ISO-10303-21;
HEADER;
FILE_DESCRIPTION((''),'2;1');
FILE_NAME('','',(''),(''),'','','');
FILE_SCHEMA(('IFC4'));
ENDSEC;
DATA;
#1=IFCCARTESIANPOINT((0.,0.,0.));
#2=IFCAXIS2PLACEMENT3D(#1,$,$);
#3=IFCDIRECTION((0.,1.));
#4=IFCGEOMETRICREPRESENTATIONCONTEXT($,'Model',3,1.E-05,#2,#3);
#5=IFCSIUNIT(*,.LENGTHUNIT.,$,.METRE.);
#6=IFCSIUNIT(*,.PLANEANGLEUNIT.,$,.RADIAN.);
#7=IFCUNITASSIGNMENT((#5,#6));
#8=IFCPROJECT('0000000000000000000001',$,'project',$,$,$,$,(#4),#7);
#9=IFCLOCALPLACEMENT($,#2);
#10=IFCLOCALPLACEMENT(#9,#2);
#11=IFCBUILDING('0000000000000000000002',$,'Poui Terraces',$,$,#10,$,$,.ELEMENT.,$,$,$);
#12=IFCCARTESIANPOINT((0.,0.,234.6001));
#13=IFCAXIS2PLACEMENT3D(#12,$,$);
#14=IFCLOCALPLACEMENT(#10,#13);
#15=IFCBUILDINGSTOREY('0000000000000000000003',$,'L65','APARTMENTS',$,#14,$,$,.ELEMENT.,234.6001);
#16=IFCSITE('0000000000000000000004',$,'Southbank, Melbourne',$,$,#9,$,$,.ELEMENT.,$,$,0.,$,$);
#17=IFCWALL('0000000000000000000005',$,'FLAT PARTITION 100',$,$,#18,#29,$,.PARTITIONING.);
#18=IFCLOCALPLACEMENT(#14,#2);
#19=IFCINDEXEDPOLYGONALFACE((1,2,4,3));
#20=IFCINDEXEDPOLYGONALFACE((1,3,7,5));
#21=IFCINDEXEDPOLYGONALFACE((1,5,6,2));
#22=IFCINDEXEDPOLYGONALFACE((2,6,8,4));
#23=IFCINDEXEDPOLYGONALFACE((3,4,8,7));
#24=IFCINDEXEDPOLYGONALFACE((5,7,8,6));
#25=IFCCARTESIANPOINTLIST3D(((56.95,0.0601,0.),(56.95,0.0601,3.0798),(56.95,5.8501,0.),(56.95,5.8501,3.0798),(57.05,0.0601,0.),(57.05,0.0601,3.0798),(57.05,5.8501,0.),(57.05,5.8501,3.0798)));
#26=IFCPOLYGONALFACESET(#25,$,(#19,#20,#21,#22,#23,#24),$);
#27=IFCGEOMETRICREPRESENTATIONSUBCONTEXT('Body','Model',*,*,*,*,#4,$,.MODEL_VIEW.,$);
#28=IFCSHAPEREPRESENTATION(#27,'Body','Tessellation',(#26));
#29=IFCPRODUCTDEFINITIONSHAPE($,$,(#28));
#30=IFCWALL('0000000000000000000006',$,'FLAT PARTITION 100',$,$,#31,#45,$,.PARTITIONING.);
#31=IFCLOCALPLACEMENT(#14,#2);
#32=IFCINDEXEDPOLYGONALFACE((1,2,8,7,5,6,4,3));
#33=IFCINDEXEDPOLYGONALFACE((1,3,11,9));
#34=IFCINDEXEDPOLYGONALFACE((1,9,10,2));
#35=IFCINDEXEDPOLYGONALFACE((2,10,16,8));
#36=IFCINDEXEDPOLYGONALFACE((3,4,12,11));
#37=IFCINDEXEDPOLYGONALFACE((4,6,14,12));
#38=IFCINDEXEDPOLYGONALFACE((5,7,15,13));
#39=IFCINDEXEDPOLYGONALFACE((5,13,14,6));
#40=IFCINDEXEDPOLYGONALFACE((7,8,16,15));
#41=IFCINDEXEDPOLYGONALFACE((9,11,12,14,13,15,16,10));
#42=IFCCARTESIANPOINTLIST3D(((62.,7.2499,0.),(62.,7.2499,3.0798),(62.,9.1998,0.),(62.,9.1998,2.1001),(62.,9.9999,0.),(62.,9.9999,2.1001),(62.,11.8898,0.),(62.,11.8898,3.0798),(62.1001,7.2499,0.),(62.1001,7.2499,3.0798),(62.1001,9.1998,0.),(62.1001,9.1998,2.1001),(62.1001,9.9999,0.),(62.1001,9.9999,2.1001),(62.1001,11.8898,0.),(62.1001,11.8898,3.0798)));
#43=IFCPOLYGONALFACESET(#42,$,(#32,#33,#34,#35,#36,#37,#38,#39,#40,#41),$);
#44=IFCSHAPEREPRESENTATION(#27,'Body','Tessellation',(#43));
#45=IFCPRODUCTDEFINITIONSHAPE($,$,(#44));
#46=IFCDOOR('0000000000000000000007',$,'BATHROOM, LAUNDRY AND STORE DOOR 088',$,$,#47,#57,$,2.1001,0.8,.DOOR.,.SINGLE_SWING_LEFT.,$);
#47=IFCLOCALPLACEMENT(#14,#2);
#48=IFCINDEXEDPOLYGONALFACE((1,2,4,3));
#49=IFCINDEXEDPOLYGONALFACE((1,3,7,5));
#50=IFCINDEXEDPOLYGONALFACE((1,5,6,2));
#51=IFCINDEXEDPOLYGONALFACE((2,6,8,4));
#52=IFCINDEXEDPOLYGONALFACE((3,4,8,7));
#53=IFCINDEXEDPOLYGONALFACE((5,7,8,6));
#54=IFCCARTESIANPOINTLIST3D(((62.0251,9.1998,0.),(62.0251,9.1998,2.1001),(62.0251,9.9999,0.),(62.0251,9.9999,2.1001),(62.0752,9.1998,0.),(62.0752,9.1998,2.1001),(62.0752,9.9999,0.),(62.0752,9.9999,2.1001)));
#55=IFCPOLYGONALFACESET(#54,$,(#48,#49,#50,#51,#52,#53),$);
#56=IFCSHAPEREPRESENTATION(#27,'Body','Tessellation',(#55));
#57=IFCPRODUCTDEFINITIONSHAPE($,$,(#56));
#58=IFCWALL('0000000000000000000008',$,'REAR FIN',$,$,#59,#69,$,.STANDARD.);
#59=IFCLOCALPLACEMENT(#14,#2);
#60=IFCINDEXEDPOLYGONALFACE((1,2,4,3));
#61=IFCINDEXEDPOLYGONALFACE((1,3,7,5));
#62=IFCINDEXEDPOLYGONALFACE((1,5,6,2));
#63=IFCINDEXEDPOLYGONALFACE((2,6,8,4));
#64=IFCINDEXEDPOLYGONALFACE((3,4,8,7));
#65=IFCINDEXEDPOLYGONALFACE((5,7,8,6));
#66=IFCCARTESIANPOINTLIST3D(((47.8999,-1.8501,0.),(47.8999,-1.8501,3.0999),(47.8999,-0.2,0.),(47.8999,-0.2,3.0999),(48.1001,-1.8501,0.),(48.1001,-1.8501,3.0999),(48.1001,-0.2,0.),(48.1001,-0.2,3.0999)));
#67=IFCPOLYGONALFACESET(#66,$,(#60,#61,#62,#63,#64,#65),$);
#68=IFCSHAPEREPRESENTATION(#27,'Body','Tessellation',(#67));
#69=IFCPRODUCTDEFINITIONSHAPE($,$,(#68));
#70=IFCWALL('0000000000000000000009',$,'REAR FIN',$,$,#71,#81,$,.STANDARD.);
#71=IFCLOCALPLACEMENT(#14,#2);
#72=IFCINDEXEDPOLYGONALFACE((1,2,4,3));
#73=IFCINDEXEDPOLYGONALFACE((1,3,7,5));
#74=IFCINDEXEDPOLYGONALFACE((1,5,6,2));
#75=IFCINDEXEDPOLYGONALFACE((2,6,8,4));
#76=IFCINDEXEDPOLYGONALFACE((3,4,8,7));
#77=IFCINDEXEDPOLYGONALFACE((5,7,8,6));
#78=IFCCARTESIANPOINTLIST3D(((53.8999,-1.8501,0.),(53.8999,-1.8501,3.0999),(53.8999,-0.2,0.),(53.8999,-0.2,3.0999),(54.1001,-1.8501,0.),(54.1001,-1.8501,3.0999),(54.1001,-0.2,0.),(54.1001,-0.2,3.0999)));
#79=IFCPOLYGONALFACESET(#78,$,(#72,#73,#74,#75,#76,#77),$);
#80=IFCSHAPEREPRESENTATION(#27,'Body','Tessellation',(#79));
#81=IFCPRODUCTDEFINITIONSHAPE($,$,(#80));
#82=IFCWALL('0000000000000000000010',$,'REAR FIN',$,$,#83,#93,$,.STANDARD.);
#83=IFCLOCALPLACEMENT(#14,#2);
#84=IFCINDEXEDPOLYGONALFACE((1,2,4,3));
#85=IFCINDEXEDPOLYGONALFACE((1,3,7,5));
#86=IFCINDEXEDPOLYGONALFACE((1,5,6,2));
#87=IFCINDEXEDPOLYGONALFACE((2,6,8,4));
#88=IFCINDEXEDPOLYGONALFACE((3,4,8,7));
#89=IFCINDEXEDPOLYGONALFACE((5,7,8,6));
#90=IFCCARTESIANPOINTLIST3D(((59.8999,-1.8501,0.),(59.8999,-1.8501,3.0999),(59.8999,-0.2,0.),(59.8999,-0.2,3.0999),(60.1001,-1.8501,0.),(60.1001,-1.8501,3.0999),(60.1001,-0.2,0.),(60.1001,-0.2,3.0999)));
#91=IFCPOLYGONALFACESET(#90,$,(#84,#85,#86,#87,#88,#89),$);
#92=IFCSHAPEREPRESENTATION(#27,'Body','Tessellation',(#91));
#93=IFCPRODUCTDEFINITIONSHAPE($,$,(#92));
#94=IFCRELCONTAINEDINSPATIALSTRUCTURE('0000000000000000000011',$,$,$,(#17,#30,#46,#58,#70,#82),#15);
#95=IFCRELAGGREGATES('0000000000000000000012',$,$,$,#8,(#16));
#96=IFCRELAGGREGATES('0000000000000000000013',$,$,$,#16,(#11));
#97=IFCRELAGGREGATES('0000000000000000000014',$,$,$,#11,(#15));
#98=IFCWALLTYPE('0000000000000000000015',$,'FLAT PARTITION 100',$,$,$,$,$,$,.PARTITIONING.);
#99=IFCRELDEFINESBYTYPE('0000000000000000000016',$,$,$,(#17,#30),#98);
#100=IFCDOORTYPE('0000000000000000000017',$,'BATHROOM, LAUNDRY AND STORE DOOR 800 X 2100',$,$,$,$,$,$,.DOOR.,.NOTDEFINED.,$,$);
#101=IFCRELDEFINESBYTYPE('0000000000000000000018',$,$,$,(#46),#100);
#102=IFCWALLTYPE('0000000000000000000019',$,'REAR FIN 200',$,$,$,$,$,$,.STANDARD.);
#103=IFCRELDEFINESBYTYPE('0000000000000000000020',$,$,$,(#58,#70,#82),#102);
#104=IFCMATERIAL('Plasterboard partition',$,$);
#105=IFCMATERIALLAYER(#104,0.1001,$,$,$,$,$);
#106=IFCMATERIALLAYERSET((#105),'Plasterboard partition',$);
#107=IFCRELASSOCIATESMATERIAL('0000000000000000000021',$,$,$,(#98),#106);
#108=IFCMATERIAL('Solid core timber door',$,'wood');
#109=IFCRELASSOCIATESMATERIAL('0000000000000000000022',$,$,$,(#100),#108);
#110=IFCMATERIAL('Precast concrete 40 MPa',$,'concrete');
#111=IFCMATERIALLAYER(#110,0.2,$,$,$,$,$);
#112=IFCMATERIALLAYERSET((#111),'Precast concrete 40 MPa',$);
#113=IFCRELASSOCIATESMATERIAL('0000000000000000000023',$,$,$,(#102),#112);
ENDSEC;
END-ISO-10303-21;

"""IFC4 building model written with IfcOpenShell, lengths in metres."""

from ifc_helpers import new_model, si_unit, direction, frame, frame_2d, origin, place, context, subcontext, project, spatial, polyline, rectangle, outline, extrude, source, transform, mapped, material, layer, layer_set, type_object, element, fill, save


model = new_model("IFC4")

# Units and contexts
model_context = context("Model", 3, precision=1e-05, world=origin(), true_north=direction((0.0, 1.0)))
body_context = subcontext(model_context, "Body", "Model", "MODEL_VIEW")
ifc_project = project(units=[si_unit("LENGTHUNIT", "METRE"), si_unit("PLANEANGLEUNIT", "RADIAN")], contexts=[model_context])

# Site, building, storey
site_placement = place(None, origin())
site = spatial("IfcSite", under=ifc_project, at=site_placement, Name="Southbank, Melbourne", CompositionType="ELEMENT", RefElevation=0.0)
building_placement = place(site_placement, origin())
building = spatial("IfcBuilding", under=site, at=building_placement, Name="Poui Terraces", CompositionType="ELEMENT")
storey_placement = place(building_placement, frame((0.0, 0.0, 234.6001)))
storey = spatial("IfcBuildingStorey", under=building, at=storey_placement, Name="L65", Description="APARTMENTS", CompositionType="ELEMENT", Elevation=234.6001)

# Shared definitions
ifc_material_1 = material(Name="Precast concrete 40 MPa", Category="concrete")

# Shared definitions
ifc_material_2 = material(Name="Solid core timber door", Category="wood")

# Shared definitions
ifc_material_3 = material(Name="Plasterboard partition")
ifc_layer_1 = layer(ifc_material_3, 0.1001)
ifc_layer_set_1 = layer_set([ifc_layer_1], Name="Plasterboard partition")
wall_type_1 = type_object("IfcWallType", Name="FLAT PARTITION 100", PredefinedType="PARTITIONING", material=ifc_layer_set_1)

# Wall
wall_1_placement = place(storey_placement, frame((57.0, 0.0601, 0.0), z_axis=(0.0, 0.0, 1.0), x_axis=(0.0, 1.0, 0.0)))
element("IfcWall", 1, at=wall_1_placement, inside=storey, type_object=wall_type_1, Name="FLAT PARTITION 100", PredefinedType="PARTITIONING", context=body_context, shape_type="SweptSolid", body=[
    extrude(rectangle(XDim=5.79, YDim=0.1001, at=frame_2d((2.895, 0.0))), origin(), (0.0, 0.0, 1.0), 3.0798),
])

# Wall, opening, door
wall_2_placement = place(storey_placement, frame((62.05, 7.25, 0.0), z_axis=(0.0, 0.0, 1.0), x_axis=(0.0, 1.0, 0.0)))
wall_2 = element("IfcWall", 2, at=wall_2_placement, inside=storey, type_object=wall_type_1, Name="FLAT PARTITION 100", PredefinedType="PARTITIONING", context=body_context, shape_type="SweptSolid", body=[
    extrude(rectangle(XDim=4.6399, YDim=0.1001, at=frame_2d((2.3198, 0.0))), origin(), (0.0, 0.0, 1.0), 3.0798),
])
opening_1_placement = place(wall_2_placement, frame((1.95, 0.0, 0.0)))
opening_1 = element("IfcOpeningElement", 3, at=opening_1_placement, cuts=wall_2, PredefinedType="OPENING", context=body_context, shape_type="SweptSolid", body=[
    extrude(rectangle(XDim=0.8, YDim=2.1001, at=frame_2d((0.3999, 1.05))), frame((0.0, 0.0601, 0.0), z_axis=(0.0, -1.0, 0.0), x_axis=(1.0, 0.0, 0.0)), (0.0, 0.0, 1.0), 0.1201),
])
door_type_1 = type_object("IfcDoorType", Name="BATHROOM, LAUNDRY AND STORE DOOR 800 X 2100", OperationType="NOTDEFINED", PredefinedType="DOOR", material=ifc_material_2)
door_1_placement = place(opening_1_placement, origin())
door_1 = element("IfcDoor", 4, at=door_1_placement, inside=storey, type_object=door_type_1, Name="BATHROOM, LAUNDRY AND STORE DOOR 088", OperationType="SINGLE_SWING_LEFT", OverallHeight=2.1001, OverallWidth=0.8, PredefinedType="DOOR", context=body_context, shape_type="SweptSolid", body=[
    extrude(rectangle(XDim=0.8, YDim=2.1001, at=frame_2d((0.3999, 1.05))), frame((0.0, 0.0249, 0.0), z_axis=(0.0, -1.0, 0.0), x_axis=(1.0, 0.0, 0.0)), (0.0, 0.0, 1.0), 0.05),
])
fill(opening_1, door_1)

# Walls
ifc_layer_2 = layer(ifc_material_1, 0.2)
ifc_layer_set_2 = layer_set([ifc_layer_2], Name="Precast concrete 40 MPa")
wall_type_2 = type_object("IfcWallType", Name="REAR FIN 200", PredefinedType="STANDARD", material=ifc_layer_set_2)
shared_shape_1 = source(origin(), body_context, "Body", "SweptSolid", [
    extrude(outline(polyline([(0.0, 0.0), (0.2002, 0.0), (0.2002, 1.6501), (0.0, 1.6501), (0.0, 0.0)])), origin(), (0.0, 0.0, 1.0), 3.0999),
])
for number, where, name in (
    (5, (47.8999, -1.8501, 0.0), "REAR FIN"),
    (6, (53.8999, -1.8501, 0.0), "REAR FIN"),
    (7, (59.8999, -1.8501, 0.0), "REAR FIN"),
):
    element("IfcWall", number, at=place(storey_placement, frame(where)), inside=storey, type_object=wall_type_2, Name=name, PredefinedType="STANDARD", context=body_context, shape_type="MappedRepresentation", body=[
        mapped(shared_shape_1, transform((0.0, 0.0, 0.0))),
    ])

save(model, "model.ifc")
